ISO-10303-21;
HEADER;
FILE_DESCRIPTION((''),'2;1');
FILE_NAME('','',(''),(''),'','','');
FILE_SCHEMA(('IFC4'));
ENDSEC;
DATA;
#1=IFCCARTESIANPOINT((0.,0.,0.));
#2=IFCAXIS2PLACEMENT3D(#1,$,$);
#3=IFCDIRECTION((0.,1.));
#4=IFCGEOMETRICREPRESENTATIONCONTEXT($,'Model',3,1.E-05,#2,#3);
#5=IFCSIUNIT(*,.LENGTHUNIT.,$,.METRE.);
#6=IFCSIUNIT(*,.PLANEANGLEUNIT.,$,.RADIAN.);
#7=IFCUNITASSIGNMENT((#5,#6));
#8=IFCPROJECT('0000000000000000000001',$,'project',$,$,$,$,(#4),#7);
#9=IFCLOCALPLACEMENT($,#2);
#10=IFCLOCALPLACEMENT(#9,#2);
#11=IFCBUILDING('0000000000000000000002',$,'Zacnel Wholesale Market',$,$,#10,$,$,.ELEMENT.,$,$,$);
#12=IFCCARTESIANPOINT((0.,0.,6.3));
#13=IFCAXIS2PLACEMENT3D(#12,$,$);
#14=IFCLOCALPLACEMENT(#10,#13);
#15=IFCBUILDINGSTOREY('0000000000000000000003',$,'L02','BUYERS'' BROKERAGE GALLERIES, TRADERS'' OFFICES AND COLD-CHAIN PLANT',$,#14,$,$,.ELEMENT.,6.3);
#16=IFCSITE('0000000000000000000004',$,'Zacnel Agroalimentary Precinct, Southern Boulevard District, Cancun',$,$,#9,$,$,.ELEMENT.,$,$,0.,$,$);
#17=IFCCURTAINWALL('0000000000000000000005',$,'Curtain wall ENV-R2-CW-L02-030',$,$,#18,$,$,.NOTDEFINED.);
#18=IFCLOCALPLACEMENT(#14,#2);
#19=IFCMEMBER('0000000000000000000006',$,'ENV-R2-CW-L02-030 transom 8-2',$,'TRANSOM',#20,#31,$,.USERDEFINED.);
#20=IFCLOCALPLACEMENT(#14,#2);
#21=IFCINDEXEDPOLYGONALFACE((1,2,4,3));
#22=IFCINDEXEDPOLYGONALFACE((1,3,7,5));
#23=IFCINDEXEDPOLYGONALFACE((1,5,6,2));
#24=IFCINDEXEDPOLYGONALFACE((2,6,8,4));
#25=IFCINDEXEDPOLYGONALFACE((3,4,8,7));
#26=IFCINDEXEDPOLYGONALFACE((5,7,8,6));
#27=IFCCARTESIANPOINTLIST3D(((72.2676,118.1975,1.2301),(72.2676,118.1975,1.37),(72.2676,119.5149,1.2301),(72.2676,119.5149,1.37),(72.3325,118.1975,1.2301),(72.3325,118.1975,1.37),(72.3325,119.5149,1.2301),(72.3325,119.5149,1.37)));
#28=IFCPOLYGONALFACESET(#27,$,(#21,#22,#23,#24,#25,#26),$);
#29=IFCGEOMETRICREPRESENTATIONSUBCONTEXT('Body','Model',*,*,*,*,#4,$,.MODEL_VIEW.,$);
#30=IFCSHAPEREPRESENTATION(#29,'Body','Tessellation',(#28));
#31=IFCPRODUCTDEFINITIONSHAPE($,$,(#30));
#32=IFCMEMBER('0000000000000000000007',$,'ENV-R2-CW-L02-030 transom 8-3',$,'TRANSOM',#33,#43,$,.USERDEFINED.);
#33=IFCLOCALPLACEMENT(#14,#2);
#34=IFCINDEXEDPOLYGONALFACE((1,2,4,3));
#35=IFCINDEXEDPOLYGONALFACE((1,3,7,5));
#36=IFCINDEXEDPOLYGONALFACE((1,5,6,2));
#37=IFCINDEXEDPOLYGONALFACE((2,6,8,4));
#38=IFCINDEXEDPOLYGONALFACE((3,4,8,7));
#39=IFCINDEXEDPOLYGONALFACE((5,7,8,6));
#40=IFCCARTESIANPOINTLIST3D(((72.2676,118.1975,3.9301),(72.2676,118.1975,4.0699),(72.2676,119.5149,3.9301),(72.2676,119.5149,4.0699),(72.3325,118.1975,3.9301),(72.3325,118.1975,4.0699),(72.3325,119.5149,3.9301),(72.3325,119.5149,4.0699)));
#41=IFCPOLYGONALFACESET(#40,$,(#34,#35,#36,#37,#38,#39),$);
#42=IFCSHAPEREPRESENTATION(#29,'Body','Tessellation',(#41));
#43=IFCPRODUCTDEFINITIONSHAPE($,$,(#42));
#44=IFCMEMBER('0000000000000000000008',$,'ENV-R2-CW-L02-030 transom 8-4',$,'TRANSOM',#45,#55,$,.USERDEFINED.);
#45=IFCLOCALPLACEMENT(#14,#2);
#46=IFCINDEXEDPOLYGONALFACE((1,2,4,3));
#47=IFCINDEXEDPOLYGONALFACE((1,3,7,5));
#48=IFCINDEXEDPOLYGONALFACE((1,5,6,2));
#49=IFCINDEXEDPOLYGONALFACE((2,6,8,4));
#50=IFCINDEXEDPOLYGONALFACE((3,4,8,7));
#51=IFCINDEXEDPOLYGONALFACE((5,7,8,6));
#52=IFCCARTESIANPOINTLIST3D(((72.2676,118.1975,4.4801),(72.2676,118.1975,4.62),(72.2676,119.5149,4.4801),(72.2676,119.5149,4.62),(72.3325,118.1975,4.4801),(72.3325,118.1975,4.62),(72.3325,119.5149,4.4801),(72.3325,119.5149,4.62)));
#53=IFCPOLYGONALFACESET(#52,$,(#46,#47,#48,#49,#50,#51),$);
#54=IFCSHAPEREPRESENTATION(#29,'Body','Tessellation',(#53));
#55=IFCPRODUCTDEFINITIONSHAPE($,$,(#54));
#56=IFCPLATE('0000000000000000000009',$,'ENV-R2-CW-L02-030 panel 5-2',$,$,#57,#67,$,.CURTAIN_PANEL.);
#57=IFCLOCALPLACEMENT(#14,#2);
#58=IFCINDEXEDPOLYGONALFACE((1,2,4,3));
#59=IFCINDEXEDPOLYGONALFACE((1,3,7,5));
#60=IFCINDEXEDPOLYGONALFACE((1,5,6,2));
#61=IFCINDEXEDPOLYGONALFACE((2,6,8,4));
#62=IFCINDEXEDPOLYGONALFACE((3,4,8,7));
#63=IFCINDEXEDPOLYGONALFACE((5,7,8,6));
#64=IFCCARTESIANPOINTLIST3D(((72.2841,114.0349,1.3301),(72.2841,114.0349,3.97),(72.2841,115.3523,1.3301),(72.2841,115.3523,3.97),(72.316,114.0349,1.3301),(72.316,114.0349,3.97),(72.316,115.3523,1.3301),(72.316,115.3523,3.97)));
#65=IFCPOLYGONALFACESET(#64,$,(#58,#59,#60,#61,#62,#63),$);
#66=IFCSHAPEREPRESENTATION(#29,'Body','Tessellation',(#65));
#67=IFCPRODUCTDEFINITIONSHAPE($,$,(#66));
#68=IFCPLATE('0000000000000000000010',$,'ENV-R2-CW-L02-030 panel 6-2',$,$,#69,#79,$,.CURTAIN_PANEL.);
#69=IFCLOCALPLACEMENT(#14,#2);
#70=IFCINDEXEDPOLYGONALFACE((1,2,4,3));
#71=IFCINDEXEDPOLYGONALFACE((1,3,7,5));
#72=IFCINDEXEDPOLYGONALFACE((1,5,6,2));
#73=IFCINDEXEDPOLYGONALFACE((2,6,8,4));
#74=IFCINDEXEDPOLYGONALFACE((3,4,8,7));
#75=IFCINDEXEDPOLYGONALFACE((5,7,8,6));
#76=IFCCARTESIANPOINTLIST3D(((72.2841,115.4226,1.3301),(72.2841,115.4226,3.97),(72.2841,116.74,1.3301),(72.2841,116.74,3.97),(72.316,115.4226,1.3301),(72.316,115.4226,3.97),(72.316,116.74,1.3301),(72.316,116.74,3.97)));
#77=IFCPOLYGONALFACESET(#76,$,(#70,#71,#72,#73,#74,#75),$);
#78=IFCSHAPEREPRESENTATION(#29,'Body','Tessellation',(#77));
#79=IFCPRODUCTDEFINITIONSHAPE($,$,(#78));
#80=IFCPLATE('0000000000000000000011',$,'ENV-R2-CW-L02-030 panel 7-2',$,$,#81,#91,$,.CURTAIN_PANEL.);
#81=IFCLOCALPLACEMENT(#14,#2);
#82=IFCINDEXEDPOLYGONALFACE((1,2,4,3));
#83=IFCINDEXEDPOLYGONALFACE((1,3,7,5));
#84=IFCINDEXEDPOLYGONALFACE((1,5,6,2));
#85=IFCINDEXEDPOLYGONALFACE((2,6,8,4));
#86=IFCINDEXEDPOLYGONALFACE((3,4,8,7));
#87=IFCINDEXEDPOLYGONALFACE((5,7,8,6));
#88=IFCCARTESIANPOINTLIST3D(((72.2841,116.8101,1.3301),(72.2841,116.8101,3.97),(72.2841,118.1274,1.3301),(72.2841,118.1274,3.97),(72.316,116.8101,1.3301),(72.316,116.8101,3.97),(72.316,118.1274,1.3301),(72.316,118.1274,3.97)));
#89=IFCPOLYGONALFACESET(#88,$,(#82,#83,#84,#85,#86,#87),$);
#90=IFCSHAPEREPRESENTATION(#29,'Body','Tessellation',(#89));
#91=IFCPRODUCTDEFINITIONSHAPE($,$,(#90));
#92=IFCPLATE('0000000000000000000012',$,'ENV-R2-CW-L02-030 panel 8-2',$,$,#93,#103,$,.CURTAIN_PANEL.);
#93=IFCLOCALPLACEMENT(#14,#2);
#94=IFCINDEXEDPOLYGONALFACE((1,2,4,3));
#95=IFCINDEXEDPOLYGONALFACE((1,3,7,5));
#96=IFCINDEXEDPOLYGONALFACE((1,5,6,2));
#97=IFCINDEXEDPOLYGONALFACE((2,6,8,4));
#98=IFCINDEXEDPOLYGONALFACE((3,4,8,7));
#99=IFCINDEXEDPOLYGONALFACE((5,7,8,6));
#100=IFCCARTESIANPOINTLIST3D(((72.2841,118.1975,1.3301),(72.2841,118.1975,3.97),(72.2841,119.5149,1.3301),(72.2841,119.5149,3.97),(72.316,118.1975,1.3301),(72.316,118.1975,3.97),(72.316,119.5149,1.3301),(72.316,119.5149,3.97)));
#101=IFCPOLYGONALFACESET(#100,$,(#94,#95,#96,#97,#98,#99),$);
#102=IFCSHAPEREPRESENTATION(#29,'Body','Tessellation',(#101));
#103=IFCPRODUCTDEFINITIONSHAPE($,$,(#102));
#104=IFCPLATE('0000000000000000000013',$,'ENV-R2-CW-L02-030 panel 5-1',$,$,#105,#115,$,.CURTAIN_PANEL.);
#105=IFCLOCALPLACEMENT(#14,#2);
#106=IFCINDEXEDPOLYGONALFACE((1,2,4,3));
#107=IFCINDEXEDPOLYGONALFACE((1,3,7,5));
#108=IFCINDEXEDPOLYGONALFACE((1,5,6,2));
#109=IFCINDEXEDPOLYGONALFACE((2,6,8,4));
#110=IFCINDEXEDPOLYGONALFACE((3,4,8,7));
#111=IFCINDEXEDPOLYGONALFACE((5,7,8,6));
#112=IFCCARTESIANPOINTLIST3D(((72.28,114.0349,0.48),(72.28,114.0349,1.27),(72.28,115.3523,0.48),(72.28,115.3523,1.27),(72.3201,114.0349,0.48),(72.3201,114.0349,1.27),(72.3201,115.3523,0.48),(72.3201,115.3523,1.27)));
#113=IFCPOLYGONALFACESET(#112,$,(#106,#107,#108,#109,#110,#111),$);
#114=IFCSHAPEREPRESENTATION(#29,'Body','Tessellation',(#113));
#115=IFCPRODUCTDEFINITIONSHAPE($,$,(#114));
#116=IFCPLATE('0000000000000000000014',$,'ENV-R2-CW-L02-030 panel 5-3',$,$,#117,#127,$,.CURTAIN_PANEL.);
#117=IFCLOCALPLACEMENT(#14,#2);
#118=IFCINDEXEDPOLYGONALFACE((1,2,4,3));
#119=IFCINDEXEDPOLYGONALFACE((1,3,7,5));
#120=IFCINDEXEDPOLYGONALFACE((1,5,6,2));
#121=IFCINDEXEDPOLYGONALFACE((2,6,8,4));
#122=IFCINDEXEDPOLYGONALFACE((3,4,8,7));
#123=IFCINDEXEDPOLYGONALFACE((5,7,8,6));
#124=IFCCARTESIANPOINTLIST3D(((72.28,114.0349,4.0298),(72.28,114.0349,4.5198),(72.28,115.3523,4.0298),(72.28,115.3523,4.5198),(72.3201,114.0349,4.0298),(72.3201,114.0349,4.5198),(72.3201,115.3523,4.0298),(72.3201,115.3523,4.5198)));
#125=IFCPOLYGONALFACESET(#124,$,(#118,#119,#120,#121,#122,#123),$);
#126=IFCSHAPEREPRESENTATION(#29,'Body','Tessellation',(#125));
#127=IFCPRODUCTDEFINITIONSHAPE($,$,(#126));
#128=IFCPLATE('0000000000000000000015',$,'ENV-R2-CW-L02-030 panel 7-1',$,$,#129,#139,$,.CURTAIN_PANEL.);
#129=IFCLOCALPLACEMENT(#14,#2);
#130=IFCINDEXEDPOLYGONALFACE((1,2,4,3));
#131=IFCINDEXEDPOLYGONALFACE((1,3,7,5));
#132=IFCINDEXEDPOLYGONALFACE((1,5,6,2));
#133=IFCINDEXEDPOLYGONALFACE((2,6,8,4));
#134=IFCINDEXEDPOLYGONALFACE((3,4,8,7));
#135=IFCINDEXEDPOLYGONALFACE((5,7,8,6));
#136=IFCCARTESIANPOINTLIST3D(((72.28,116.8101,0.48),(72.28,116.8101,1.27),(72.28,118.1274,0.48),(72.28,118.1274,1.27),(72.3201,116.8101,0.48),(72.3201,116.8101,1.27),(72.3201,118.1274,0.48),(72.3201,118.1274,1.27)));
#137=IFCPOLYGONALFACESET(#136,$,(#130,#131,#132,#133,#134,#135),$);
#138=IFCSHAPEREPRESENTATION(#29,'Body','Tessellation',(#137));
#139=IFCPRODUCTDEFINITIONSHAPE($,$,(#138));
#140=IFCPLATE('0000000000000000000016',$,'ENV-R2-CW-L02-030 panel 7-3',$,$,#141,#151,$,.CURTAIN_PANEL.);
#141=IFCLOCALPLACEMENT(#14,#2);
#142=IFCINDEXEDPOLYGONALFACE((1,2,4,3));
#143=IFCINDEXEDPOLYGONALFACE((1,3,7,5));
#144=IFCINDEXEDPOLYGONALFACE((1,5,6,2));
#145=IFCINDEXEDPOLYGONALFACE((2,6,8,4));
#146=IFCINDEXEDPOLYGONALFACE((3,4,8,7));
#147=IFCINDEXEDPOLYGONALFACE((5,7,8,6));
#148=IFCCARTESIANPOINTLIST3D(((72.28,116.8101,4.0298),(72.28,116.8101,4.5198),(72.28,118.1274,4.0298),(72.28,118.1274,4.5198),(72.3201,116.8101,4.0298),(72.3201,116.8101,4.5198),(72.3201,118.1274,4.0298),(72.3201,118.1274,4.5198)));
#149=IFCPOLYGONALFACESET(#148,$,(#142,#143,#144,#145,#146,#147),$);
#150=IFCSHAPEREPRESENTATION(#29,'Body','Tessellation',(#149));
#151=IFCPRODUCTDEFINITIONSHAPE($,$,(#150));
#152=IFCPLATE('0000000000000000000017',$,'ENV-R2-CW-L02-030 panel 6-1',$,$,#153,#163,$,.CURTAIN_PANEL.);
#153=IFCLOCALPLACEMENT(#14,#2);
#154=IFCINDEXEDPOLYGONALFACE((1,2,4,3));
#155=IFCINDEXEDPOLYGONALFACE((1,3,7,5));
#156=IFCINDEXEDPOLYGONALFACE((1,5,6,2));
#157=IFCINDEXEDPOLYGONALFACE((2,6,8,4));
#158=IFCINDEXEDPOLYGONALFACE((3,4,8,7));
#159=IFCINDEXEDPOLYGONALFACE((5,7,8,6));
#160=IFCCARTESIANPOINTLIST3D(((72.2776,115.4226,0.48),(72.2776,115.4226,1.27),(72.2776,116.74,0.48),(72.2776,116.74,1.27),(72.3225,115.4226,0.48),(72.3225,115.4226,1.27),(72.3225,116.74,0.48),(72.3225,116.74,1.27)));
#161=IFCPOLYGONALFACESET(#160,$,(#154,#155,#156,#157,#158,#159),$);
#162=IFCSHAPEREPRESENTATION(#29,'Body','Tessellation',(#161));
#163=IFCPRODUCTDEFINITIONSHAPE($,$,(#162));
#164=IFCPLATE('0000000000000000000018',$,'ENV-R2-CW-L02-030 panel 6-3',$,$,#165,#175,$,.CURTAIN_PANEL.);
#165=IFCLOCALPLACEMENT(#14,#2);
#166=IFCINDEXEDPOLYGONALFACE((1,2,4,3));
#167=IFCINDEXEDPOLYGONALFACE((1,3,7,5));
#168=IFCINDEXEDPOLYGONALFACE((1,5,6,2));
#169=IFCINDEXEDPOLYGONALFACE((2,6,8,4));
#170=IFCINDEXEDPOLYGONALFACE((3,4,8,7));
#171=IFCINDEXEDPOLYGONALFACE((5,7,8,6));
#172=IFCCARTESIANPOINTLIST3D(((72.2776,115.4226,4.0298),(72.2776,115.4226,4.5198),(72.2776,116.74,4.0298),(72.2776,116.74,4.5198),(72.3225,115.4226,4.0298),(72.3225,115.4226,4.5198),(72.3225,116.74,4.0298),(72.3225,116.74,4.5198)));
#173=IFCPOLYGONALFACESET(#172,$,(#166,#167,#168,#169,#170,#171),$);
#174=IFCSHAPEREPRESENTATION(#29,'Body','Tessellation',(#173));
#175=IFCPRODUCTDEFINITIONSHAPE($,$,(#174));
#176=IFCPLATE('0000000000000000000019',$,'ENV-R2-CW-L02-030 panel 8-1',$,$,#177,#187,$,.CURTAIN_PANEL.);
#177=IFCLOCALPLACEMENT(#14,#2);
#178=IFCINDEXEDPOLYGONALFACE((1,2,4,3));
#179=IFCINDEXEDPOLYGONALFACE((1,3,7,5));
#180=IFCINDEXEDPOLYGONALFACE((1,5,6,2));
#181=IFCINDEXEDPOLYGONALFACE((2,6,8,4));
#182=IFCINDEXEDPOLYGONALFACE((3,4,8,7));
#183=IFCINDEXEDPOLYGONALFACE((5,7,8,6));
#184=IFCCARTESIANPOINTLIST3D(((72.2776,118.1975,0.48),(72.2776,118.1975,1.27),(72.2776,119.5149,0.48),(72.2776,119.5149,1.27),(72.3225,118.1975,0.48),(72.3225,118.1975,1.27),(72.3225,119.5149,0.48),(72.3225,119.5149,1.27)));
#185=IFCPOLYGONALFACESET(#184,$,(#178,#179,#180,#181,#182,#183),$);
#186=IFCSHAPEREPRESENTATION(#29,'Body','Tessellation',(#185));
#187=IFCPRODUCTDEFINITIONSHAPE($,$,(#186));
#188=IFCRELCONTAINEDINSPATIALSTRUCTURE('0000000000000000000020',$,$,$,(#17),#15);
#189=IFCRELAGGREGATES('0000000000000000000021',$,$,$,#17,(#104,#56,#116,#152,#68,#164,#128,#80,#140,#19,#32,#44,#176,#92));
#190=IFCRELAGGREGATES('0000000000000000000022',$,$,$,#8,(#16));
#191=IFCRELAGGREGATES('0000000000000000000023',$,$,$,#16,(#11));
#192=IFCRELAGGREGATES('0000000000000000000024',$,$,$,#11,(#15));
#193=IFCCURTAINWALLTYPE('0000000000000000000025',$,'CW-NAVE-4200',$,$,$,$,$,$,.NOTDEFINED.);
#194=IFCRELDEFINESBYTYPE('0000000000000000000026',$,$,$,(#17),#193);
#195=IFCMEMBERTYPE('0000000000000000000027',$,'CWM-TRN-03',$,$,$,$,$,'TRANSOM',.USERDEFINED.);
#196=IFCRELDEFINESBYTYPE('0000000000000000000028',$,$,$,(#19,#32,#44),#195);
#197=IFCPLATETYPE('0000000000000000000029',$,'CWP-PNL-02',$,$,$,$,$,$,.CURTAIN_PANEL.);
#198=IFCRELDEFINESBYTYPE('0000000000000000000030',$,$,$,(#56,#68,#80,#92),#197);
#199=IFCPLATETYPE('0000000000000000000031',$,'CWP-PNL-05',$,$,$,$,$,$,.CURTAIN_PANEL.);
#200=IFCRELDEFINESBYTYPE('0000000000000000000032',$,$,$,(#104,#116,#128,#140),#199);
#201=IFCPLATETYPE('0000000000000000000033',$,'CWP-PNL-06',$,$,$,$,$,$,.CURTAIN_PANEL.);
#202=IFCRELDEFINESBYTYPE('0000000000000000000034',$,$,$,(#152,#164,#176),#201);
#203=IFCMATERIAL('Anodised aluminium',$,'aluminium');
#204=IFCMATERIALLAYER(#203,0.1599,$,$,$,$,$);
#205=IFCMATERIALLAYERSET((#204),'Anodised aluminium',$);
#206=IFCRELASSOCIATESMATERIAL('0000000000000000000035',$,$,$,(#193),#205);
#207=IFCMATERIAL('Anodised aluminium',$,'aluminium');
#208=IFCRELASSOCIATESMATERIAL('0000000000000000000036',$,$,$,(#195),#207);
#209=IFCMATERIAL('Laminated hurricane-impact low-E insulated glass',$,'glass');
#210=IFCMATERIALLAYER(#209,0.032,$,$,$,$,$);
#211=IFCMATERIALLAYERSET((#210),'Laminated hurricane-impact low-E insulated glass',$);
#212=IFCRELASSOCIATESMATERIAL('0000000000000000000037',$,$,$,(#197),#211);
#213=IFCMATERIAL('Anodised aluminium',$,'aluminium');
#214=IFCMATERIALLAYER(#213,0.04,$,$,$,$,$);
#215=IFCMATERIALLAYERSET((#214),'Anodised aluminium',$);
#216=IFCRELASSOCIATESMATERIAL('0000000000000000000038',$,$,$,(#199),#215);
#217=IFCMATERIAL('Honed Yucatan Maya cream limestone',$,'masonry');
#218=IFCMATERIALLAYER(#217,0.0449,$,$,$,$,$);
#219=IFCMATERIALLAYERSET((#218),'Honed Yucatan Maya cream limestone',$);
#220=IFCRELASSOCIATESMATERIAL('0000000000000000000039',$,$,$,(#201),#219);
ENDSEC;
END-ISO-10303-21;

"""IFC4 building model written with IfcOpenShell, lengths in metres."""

from ifc_helpers import new_model, si_unit, direction, frame, origin, origin_2d, place, context, subcontext, project, spatial, rectangle, extrude, material, layer, layer_set, material_profile, profile_set, type_object, element, aggregate, save


model = new_model("IFC4")

# Units and contexts
model_context = context("Model", 3, precision=1e-05, world=origin(), true_north=direction((0.0, 1.0)))
body_context = subcontext(model_context, "Body", "Model", "MODEL_VIEW")
ifc_project = project(units=[si_unit("LENGTHUNIT", "METRE"), si_unit("PLANEANGLEUNIT", "RADIAN")], contexts=[model_context])

# Site, building, storey
site_placement = place(None, origin())
site = spatial("IfcSite", under=ifc_project, at=site_placement, Name="Zacnel Agroalimentary Precinct, Southern Boulevard District, Cancun", CompositionType="ELEMENT", RefElevation=0.0)
building_placement = place(site_placement, origin())
building = spatial("IfcBuilding", under=site, at=building_placement, Name="Zacnel Wholesale Market", CompositionType="ELEMENT")
storey_placement = place(building_placement, frame((0.0, 0.0, 6.3)))
storey = spatial("IfcBuildingStorey", under=building, at=storey_placement, Name="L02", Description="BUYERS' BROKERAGE GALLERIES, TRADERS' OFFICES AND COLD-CHAIN PLANT", CompositionType="ELEMENT", Elevation=6.3)

# Curtain wall, members, plates
ifc_material_1 = material(Name="Anodised aluminium", Category="aluminium")
ifc_layer_1 = layer(ifc_material_1, 0.1599)
ifc_layer_set_1 = layer_set([ifc_layer_1], Name="Anodised aluminium")
curtain_wall_type = type_object("IfcCurtainWallType", Name="CW-NAVE-4200", PredefinedType="NOTDEFINED", material=ifc_layer_set_1)
curtain_wall_placement = place(storey_placement, origin())
curtain_wall = element("IfcCurtainWall", 1, at=curtain_wall_placement, inside=storey, type_object=curtain_wall_type, Name="Curtain wall ENV-R2-CW-L02-030", PredefinedType="NOTDEFINED")
ifc_material_2 = material(Name="Anodised aluminium", Category="aluminium")
ifc_material_profile_1 = material_profile(ifc_material_2, rectangle(XDim=0.0649, YDim=0.1399, at=origin_2d()), Name="AW-TRANSOM 65x140")
ifc_profile_set_1 = profile_set([ifc_material_profile_1], Name="Anodised aluminium")
member_type_1 = type_object("IfcMemberType", Name="CWM-TRN-03", ElementType="TRANSOM", PredefinedType="USERDEFINED", material=ifc_profile_set_1)
member_1_placement = place(storey_placement, frame((72.3, 118.1975, 1.3), z_axis=(0.0, 1.0, 0.0), x_axis=(-1.0, 0.0, 0.0)))
member_1 = element("IfcMember", 2, at=member_1_placement, type_object=member_type_1, Name="ENV-R2-CW-L02-030 transom 8-2", ObjectType="TRANSOM", PredefinedType="USERDEFINED", context=body_context, shape_type="SweptSolid", body=[
    extrude(rectangle(XDim=0.0649, YDim=0.1399, at=origin_2d()), origin(), (0.0, 0.0, 1.0), 1.3174),
])
member_2_placement = place(storey_placement, frame((72.3, 118.1975, 4.0), z_axis=(0.0, 1.0, 0.0), x_axis=(-1.0, 0.0, 0.0)))
member_2 = element("IfcMember", 3, at=member_2_placement, type_object=member_type_1, Name="ENV-R2-CW-L02-030 transom 8-3", ObjectType="TRANSOM", PredefinedType="USERDEFINED", context=body_context, shape_type="SweptSolid", body=[
    extrude(rectangle(XDim=0.0649, YDim=0.1399, at=origin_2d()), origin(), (0.0, 0.0, 1.0), 1.3174),
])
member_3_placement = place(storey_placement, frame((72.3, 118.1975, 4.55), z_axis=(0.0, 1.0, 0.0), x_axis=(-1.0, 0.0, 0.0)))
member_3 = element("IfcMember", 4, at=member_3_placement, type_object=member_type_1, Name="ENV-R2-CW-L02-030 transom 8-4", ObjectType="TRANSOM", PredefinedType="USERDEFINED", context=body_context, shape_type="SweptSolid", body=[
    extrude(rectangle(XDim=0.0649, YDim=0.1399, at=origin_2d()), origin(), (0.0, 0.0, 1.0), 1.3174),
])
ifc_material_3 = material(Name="Laminated hurricane-impact low-E insulated glass", Category="glass")
ifc_layer_2 = layer(ifc_material_3, 0.032)
ifc_layer_set_2 = layer_set([ifc_layer_2], Name="Laminated hurricane-impact low-E insulated glass")
plate_type_1 = type_object("IfcPlateType", Name="CWP-PNL-02", PredefinedType="CURTAIN_PANEL", material=ifc_layer_set_2)
plate_1_placement = place(storey_placement, frame((72.3, 114.6936, 1.3301), z_axis=(0.0, 0.0, 1.0), x_axis=(0.0, 1.0, 0.0)))
plate_1 = element("IfcPlate", 5, at=plate_1_placement, type_object=plate_type_1, Name="ENV-R2-CW-L02-030 panel 5-2", PredefinedType="CURTAIN_PANEL", context=body_context, shape_type="SweptSolid", body=[
    extrude(rectangle(XDim=1.3174, YDim=0.032, at=origin_2d()), origin(), (0.0, 0.0, 1.0), 2.6399),
])
plate_2_placement = place(storey_placement, frame((72.3, 116.0813, 1.3301), z_axis=(0.0, 0.0, 1.0), x_axis=(0.0, 1.0, 0.0)))
plate_2 = element("IfcPlate", 6, at=plate_2_placement, type_object=plate_type_1, Name="ENV-R2-CW-L02-030 panel 6-2", PredefinedType="CURTAIN_PANEL", context=body_context, shape_type="SweptSolid", body=[
    extrude(rectangle(XDim=1.3174, YDim=0.032, at=origin_2d()), origin(), (0.0, 0.0, 1.0), 2.6399),
])
plate_3_placement = place(storey_placement, frame((72.3, 117.4688, 1.3301), z_axis=(0.0, 0.0, 1.0), x_axis=(0.0, 1.0, 0.0)))
plate_3 = element("IfcPlate", 7, at=plate_3_placement, type_object=plate_type_1, Name="ENV-R2-CW-L02-030 panel 7-2", PredefinedType="CURTAIN_PANEL", context=body_context, shape_type="SweptSolid", body=[
    extrude(rectangle(XDim=1.3174, YDim=0.032, at=origin_2d()), origin(), (0.0, 0.0, 1.0), 2.6399),
])
plate_4_placement = place(storey_placement, frame((72.3, 118.8562, 1.3301), z_axis=(0.0, 0.0, 1.0), x_axis=(0.0, 1.0, 0.0)))
plate_4 = element("IfcPlate", 8, at=plate_4_placement, type_object=plate_type_1, Name="ENV-R2-CW-L02-030 panel 8-2", PredefinedType="CURTAIN_PANEL", context=body_context, shape_type="SweptSolid", body=[
    extrude(rectangle(XDim=1.3174, YDim=0.032, at=origin_2d()), origin(), (0.0, 0.0, 1.0), 2.6399),
])
ifc_material_4 = material(Name="Anodised aluminium", Category="aluminium")
ifc_layer_3 = layer(ifc_material_4, 0.04)
ifc_layer_set_3 = layer_set([ifc_layer_3], Name="Anodised aluminium")
plate_type_2 = type_object("IfcPlateType", Name="CWP-PNL-05", PredefinedType="CURTAIN_PANEL", material=ifc_layer_set_3)
plate_5_placement = place(storey_placement, frame((72.3, 114.6936, 0.48), z_axis=(0.0, 0.0, 1.0), x_axis=(0.0, 1.0, 0.0)))
plate_5 = element("IfcPlate", 9, at=plate_5_placement, type_object=plate_type_2, Name="ENV-R2-CW-L02-030 panel 5-1", PredefinedType="CURTAIN_PANEL", context=body_context, shape_type="SweptSolid", body=[
    extrude(rectangle(XDim=1.3174, YDim=0.04, at=origin_2d()), origin(), (0.0, 0.0, 1.0), 0.79),
])
plate_6_placement = place(storey_placement, frame((72.3, 114.6936, 4.0298), z_axis=(0.0, 0.0, 1.0), x_axis=(0.0, 1.0, 0.0)))
plate_6 = element("IfcPlate", 10, at=plate_6_placement, type_object=plate_type_2, Name="ENV-R2-CW-L02-030 panel 5-3", PredefinedType="CURTAIN_PANEL", context=body_context, shape_type="SweptSolid", body=[
    extrude(rectangle(XDim=1.3174, YDim=0.04, at=origin_2d()), origin(), (0.0, 0.0, 1.0), 0.49),
])
plate_7_placement = place(storey_placement, frame((72.3, 117.4688, 0.48), z_axis=(0.0, 0.0, 1.0), x_axis=(0.0, 1.0, 0.0)))
plate_7 = element("IfcPlate", 11, at=plate_7_placement, type_object=plate_type_2, Name="ENV-R2-CW-L02-030 panel 7-1", PredefinedType="CURTAIN_PANEL", context=body_context, shape_type="SweptSolid", body=[
    extrude(rectangle(XDim=1.3174, YDim=0.04, at=origin_2d()), origin(), (0.0, 0.0, 1.0), 0.79),
])
plate_8_placement = place(storey_placement, frame((72.3, 117.4688, 4.0298), z_axis=(0.0, 0.0, 1.0), x_axis=(0.0, 1.0, 0.0)))
plate_8 = element("IfcPlate", 12, at=plate_8_placement, type_object=plate_type_2, Name="ENV-R2-CW-L02-030 panel 7-3", PredefinedType="CURTAIN_PANEL", context=body_context, shape_type="SweptSolid", body=[
    extrude(rectangle(XDim=1.3174, YDim=0.04, at=origin_2d()), origin(), (0.0, 0.0, 1.0), 0.49),
])
ifc_material_5 = material(Name="Honed Yucatan Maya cream limestone", Category="masonry")
ifc_layer_4 = layer(ifc_material_5, 0.0449)
ifc_layer_set_4 = layer_set([ifc_layer_4], Name="Honed Yucatan Maya cream limestone")
plate_type_3 = type_object("IfcPlateType", Name="CWP-PNL-06", PredefinedType="CURTAIN_PANEL", material=ifc_layer_set_4)
plate_9_placement = place(storey_placement, frame((72.3, 116.0813, 0.48), z_axis=(0.0, 0.0, 1.0), x_axis=(0.0, 1.0, 0.0)))
plate_9 = element("IfcPlate", 13, at=plate_9_placement, type_object=plate_type_3, Name="ENV-R2-CW-L02-030 panel 6-1", PredefinedType="CURTAIN_PANEL", context=body_context, shape_type="SweptSolid", body=[
    extrude(rectangle(XDim=1.3174, YDim=0.0449, at=origin_2d()), origin(), (0.0, 0.0, 1.0), 0.79),
])
plate_10_placement = place(storey_placement, frame((72.3, 116.0813, 4.0298), z_axis=(0.0, 0.0, 1.0), x_axis=(0.0, 1.0, 0.0)))
plate_10 = element("IfcPlate", 14, at=plate_10_placement, type_object=plate_type_3, Name="ENV-R2-CW-L02-030 panel 6-3", PredefinedType="CURTAIN_PANEL", context=body_context, shape_type="SweptSolid", body=[
    extrude(rectangle(XDim=1.3174, YDim=0.0449, at=origin_2d()), origin(), (0.0, 0.0, 1.0), 0.49),
])
plate_11_placement = place(storey_placement, frame((72.3, 118.8562, 0.48), z_axis=(0.0, 0.0, 1.0), x_axis=(0.0, 1.0, 0.0)))
plate_11 = element("IfcPlate", 15, at=plate_11_placement, type_object=plate_type_3, Name="ENV-R2-CW-L02-030 panel 8-1", PredefinedType="CURTAIN_PANEL", context=body_context, shape_type="SweptSolid", body=[
    extrude(rectangle(XDim=1.3174, YDim=0.0449, at=origin_2d()), origin(), (0.0, 0.0, 1.0), 0.79),
])
aggregate(curtain_wall, [plate_5, plate_1, plate_6, plate_9, plate_2, plate_10, plate_7, plate_3, plate_8, member_1, member_2, member_3, plate_11, plate_4])

save(model, "model.ifc")
